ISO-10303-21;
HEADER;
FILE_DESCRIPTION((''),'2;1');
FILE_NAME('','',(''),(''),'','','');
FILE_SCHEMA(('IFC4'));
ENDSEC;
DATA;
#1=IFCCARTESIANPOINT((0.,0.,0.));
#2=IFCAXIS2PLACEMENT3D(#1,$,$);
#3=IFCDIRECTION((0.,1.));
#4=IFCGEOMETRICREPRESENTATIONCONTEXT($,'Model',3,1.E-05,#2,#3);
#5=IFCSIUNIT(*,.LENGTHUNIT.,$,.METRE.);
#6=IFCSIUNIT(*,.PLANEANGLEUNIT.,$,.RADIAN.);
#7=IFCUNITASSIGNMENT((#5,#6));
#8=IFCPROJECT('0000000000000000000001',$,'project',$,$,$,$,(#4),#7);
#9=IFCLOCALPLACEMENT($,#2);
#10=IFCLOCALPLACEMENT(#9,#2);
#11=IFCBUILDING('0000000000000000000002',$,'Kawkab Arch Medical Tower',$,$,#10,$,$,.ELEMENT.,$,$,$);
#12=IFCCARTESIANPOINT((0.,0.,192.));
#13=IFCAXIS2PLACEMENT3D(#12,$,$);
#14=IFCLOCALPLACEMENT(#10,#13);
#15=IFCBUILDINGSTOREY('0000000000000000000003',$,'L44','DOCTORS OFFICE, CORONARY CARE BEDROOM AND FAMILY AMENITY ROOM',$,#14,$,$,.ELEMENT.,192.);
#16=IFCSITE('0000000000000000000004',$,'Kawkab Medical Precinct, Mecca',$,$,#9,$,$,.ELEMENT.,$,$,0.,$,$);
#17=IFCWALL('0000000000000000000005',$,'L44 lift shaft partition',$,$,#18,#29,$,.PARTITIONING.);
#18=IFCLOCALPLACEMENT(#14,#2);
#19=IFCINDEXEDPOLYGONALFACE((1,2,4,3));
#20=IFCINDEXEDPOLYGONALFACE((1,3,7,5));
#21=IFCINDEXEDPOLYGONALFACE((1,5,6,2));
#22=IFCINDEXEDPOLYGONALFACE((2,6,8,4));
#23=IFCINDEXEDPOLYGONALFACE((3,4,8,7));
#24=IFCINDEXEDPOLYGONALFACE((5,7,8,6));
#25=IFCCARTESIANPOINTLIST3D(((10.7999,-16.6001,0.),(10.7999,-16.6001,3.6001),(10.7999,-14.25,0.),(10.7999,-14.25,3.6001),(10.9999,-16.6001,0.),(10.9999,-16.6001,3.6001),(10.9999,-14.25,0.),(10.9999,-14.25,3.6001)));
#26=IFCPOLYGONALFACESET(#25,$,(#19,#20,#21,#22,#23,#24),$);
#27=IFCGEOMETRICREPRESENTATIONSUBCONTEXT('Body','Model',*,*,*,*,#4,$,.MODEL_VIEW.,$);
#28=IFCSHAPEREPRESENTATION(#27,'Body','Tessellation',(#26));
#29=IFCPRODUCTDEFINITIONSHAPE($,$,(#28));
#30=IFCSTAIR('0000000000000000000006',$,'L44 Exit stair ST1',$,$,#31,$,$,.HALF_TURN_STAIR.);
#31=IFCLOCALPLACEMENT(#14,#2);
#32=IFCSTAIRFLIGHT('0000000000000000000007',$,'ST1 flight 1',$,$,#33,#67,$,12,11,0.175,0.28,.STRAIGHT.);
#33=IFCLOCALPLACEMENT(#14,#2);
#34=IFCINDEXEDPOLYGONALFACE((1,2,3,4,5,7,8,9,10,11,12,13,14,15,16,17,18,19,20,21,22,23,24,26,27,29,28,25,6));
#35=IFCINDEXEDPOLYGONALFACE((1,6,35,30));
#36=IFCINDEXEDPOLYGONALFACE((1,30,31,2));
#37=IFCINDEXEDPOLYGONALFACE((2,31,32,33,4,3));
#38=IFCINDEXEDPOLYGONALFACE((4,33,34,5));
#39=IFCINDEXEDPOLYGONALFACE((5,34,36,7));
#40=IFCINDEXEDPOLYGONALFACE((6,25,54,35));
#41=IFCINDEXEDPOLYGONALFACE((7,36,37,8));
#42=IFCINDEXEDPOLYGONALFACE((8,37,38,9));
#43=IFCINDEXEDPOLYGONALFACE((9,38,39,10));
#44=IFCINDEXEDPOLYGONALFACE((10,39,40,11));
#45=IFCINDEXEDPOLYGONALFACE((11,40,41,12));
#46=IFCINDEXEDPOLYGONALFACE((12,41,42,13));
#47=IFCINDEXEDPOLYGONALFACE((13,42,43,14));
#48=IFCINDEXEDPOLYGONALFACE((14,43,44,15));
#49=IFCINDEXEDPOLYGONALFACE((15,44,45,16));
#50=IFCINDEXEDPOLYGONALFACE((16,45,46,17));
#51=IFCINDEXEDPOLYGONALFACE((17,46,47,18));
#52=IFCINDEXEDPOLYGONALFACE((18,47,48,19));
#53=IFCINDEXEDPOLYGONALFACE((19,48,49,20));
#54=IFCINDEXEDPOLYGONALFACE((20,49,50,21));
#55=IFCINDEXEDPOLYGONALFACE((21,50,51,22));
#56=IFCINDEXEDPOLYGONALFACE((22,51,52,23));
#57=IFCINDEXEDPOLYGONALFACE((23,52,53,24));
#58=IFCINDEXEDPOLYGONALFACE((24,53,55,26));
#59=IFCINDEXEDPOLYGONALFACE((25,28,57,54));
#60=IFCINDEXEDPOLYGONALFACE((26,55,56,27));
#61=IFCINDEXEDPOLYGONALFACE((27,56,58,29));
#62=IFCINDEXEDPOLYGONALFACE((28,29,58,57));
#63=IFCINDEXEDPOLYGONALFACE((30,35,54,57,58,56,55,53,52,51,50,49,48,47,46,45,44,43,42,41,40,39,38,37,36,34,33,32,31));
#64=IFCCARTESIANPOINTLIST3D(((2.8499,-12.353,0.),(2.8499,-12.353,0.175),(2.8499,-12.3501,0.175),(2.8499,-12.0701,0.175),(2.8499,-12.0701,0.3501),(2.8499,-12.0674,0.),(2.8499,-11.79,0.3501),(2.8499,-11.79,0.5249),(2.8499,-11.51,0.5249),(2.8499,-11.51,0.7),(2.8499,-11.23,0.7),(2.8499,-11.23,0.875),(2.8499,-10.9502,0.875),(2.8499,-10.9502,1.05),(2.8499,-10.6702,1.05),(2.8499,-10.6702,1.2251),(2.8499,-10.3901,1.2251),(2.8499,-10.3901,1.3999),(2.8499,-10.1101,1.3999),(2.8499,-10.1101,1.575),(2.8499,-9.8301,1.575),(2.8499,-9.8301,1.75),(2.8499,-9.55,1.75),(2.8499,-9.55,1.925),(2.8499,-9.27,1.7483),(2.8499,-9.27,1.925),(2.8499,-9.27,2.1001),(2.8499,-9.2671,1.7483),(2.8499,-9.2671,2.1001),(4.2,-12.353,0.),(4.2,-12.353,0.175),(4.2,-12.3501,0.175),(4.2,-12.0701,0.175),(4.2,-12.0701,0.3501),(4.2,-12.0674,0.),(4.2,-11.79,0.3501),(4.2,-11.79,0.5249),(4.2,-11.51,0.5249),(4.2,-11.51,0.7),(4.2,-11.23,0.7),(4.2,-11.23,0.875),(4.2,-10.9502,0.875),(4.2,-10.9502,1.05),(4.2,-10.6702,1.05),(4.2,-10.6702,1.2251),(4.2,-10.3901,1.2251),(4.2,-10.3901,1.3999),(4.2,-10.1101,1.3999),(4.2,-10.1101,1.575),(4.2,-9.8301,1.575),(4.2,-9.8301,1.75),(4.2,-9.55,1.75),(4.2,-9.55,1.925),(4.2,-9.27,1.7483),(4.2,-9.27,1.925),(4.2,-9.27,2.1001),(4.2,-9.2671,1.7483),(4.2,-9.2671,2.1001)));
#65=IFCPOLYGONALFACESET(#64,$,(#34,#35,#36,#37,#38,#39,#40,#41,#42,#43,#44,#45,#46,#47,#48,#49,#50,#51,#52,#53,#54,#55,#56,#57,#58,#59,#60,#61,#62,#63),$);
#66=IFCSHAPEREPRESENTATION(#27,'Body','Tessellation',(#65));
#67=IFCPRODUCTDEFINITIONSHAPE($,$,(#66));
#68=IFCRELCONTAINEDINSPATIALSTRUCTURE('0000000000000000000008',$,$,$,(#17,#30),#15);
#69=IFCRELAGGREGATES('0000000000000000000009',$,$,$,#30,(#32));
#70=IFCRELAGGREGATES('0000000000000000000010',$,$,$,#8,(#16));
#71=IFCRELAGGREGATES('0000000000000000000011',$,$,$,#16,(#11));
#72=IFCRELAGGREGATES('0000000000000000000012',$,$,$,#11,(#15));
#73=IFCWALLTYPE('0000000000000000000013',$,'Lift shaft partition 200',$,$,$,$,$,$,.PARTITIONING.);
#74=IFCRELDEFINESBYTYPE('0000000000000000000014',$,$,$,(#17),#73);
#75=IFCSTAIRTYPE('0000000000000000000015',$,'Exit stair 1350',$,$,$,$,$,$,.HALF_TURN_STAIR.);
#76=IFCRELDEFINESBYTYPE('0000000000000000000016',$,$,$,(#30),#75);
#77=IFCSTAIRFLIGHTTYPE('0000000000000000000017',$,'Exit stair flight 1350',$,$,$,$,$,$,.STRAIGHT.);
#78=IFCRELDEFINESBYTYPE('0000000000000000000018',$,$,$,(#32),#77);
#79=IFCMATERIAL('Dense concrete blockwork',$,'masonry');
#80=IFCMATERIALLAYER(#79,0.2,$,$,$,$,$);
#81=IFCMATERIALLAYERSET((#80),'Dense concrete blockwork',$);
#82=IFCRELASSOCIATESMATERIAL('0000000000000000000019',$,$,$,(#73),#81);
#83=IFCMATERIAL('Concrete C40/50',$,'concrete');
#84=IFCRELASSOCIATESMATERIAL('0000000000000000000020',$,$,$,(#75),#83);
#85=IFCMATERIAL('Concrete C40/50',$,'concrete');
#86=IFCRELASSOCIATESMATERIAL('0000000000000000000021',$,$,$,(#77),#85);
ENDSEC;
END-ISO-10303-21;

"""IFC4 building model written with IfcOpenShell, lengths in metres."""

from ifc_helpers import new_model, si_unit, direction, frame, frame_2d, origin, place, context, subcontext, project, spatial, polyline, rectangle, outline, extrude, material, layer, layer_set, type_object, element, aggregate, save


model = new_model("IFC4")

# Units and contexts
model_context = context("Model", 3, precision=1e-05, world=origin(), true_north=direction((0.0, 1.0)))
body_context = subcontext(model_context, "Body", "Model", "MODEL_VIEW")
ifc_project = project(units=[si_unit("LENGTHUNIT", "METRE"), si_unit("PLANEANGLEUNIT", "RADIAN")], contexts=[model_context])

# Site, building, storey
site_placement = place(None, origin())
site = spatial("IfcSite", under=ifc_project, at=site_placement, Name="Kawkab Medical Precinct, Mecca", CompositionType="ELEMENT", RefElevation=0.0)
building_placement = place(site_placement, origin())
building = spatial("IfcBuilding", under=site, at=building_placement, Name="Kawkab Arch Medical Tower", CompositionType="ELEMENT")
storey_placement = place(building_placement, frame((0.0, 0.0, 192.0)))
storey = spatial("IfcBuildingStorey", under=building, at=storey_placement, Name="L44", Description="DOCTORS OFFICE, CORONARY CARE BEDROOM AND FAMILY AMENITY ROOM", CompositionType="ELEMENT", Elevation=192.0)

# Wall
ifc_material_1 = material(Name="Dense concrete blockwork", Category="masonry")
ifc_layer_1 = layer(ifc_material_1, 0.2)
ifc_layer_set_1 = layer_set([ifc_layer_1], Name="Dense concrete blockwork")
wall_type_1 = type_object("IfcWallType", Name="Lift shaft partition 200", PredefinedType="PARTITIONING", material=ifc_layer_set_1)
for number, where, z_axis, x_axis, name in (
    (1, (10.8999, -16.6001, 0.0), (0.0, 0.0, 1.0), (0.0, 1.0, 0.0), "L44 lift shaft partition"),
):
    element("IfcWall", number, at=place(storey_placement, frame(where, z_axis=z_axis, x_axis=x_axis)), inside=storey, type_object=wall_type_1, Name=name, PredefinedType="PARTITIONING", context=body_context, shape_type="SweptSolid", body=[
        extrude(rectangle(XDim=2.3501, YDim=0.2, at=frame_2d((1.175, 0.0))), origin(), (0.0, 0.0, 1.0), 3.6001),
    ])

# Stair, stair flight
ifc_material_2 = material(Name="Concrete C40/50", Category="concrete")
stair_type = type_object("IfcStairType", Name="Exit stair 1350", PredefinedType="HALF_TURN_STAIR", material=ifc_material_2)
stair_placement = place(storey_placement, origin())
stair = element("IfcStair", 2, at=stair_placement, inside=storey, type_object=stair_type, Name="L44 Exit stair ST1", PredefinedType="HALF_TURN_STAIR")
ifc_material_3 = material(Name="Concrete C40/50", Category="concrete")
stair_flight_type = type_object("IfcStairFlightType", Name="Exit stair flight 1350", PredefinedType="STRAIGHT", material=ifc_material_3)
stair_flight_placement = place(storey_placement, frame((3.5249, -12.3501, 0.0), z_axis=(0.0, 0.0, 1.0), x_axis=(0.0, 1.0, 0.0)))
stair_flight = element("IfcStairFlight", 3, at=stair_flight_placement, type_object=stair_flight_type, Name="ST1 flight 1", NumberOfRisers=12, NumberOfTreads=11, PredefinedType="STRAIGHT", RiserHeight=0.175, TreadLength=0.28, context=body_context, shape_type="SweptSolid", body=[
    extrude(outline(polyline([(-0.0029, 0.0), (-0.0029, 0.175), (0.0, 0.175), (0.28, 0.175), (0.28, 0.3501), (0.5601, 0.3501), (0.5601, 0.5249), (0.8401, 0.5249), (0.8401, 0.7), (1.1201, 0.7), (1.1201, 0.875), (1.3999, 0.875), (1.3999, 1.05), (1.6799, 1.05), (1.6799, 1.2251), (1.96, 1.2251), (1.96, 1.3999), (2.24, 1.3999), (2.24, 1.575), (2.52, 1.575), (2.52, 1.75), (2.8, 1.75), (2.8, 1.925), (3.0801, 1.925), (3.0801, 2.1001), (3.083, 2.1001), (3.083, 1.7483), (3.0801, 1.7483), (0.2827, 0.0), (-0.0029, 0.0)])), frame((0.0, 0.675, 0.0), z_axis=(0.0, -1.0, 0.0), x_axis=(1.0, 0.0, 0.0)), (0.0, 0.0, 1.0), 1.3501),
])
aggregate(stair, [stair_flight])

save(model, "model.ifc")
